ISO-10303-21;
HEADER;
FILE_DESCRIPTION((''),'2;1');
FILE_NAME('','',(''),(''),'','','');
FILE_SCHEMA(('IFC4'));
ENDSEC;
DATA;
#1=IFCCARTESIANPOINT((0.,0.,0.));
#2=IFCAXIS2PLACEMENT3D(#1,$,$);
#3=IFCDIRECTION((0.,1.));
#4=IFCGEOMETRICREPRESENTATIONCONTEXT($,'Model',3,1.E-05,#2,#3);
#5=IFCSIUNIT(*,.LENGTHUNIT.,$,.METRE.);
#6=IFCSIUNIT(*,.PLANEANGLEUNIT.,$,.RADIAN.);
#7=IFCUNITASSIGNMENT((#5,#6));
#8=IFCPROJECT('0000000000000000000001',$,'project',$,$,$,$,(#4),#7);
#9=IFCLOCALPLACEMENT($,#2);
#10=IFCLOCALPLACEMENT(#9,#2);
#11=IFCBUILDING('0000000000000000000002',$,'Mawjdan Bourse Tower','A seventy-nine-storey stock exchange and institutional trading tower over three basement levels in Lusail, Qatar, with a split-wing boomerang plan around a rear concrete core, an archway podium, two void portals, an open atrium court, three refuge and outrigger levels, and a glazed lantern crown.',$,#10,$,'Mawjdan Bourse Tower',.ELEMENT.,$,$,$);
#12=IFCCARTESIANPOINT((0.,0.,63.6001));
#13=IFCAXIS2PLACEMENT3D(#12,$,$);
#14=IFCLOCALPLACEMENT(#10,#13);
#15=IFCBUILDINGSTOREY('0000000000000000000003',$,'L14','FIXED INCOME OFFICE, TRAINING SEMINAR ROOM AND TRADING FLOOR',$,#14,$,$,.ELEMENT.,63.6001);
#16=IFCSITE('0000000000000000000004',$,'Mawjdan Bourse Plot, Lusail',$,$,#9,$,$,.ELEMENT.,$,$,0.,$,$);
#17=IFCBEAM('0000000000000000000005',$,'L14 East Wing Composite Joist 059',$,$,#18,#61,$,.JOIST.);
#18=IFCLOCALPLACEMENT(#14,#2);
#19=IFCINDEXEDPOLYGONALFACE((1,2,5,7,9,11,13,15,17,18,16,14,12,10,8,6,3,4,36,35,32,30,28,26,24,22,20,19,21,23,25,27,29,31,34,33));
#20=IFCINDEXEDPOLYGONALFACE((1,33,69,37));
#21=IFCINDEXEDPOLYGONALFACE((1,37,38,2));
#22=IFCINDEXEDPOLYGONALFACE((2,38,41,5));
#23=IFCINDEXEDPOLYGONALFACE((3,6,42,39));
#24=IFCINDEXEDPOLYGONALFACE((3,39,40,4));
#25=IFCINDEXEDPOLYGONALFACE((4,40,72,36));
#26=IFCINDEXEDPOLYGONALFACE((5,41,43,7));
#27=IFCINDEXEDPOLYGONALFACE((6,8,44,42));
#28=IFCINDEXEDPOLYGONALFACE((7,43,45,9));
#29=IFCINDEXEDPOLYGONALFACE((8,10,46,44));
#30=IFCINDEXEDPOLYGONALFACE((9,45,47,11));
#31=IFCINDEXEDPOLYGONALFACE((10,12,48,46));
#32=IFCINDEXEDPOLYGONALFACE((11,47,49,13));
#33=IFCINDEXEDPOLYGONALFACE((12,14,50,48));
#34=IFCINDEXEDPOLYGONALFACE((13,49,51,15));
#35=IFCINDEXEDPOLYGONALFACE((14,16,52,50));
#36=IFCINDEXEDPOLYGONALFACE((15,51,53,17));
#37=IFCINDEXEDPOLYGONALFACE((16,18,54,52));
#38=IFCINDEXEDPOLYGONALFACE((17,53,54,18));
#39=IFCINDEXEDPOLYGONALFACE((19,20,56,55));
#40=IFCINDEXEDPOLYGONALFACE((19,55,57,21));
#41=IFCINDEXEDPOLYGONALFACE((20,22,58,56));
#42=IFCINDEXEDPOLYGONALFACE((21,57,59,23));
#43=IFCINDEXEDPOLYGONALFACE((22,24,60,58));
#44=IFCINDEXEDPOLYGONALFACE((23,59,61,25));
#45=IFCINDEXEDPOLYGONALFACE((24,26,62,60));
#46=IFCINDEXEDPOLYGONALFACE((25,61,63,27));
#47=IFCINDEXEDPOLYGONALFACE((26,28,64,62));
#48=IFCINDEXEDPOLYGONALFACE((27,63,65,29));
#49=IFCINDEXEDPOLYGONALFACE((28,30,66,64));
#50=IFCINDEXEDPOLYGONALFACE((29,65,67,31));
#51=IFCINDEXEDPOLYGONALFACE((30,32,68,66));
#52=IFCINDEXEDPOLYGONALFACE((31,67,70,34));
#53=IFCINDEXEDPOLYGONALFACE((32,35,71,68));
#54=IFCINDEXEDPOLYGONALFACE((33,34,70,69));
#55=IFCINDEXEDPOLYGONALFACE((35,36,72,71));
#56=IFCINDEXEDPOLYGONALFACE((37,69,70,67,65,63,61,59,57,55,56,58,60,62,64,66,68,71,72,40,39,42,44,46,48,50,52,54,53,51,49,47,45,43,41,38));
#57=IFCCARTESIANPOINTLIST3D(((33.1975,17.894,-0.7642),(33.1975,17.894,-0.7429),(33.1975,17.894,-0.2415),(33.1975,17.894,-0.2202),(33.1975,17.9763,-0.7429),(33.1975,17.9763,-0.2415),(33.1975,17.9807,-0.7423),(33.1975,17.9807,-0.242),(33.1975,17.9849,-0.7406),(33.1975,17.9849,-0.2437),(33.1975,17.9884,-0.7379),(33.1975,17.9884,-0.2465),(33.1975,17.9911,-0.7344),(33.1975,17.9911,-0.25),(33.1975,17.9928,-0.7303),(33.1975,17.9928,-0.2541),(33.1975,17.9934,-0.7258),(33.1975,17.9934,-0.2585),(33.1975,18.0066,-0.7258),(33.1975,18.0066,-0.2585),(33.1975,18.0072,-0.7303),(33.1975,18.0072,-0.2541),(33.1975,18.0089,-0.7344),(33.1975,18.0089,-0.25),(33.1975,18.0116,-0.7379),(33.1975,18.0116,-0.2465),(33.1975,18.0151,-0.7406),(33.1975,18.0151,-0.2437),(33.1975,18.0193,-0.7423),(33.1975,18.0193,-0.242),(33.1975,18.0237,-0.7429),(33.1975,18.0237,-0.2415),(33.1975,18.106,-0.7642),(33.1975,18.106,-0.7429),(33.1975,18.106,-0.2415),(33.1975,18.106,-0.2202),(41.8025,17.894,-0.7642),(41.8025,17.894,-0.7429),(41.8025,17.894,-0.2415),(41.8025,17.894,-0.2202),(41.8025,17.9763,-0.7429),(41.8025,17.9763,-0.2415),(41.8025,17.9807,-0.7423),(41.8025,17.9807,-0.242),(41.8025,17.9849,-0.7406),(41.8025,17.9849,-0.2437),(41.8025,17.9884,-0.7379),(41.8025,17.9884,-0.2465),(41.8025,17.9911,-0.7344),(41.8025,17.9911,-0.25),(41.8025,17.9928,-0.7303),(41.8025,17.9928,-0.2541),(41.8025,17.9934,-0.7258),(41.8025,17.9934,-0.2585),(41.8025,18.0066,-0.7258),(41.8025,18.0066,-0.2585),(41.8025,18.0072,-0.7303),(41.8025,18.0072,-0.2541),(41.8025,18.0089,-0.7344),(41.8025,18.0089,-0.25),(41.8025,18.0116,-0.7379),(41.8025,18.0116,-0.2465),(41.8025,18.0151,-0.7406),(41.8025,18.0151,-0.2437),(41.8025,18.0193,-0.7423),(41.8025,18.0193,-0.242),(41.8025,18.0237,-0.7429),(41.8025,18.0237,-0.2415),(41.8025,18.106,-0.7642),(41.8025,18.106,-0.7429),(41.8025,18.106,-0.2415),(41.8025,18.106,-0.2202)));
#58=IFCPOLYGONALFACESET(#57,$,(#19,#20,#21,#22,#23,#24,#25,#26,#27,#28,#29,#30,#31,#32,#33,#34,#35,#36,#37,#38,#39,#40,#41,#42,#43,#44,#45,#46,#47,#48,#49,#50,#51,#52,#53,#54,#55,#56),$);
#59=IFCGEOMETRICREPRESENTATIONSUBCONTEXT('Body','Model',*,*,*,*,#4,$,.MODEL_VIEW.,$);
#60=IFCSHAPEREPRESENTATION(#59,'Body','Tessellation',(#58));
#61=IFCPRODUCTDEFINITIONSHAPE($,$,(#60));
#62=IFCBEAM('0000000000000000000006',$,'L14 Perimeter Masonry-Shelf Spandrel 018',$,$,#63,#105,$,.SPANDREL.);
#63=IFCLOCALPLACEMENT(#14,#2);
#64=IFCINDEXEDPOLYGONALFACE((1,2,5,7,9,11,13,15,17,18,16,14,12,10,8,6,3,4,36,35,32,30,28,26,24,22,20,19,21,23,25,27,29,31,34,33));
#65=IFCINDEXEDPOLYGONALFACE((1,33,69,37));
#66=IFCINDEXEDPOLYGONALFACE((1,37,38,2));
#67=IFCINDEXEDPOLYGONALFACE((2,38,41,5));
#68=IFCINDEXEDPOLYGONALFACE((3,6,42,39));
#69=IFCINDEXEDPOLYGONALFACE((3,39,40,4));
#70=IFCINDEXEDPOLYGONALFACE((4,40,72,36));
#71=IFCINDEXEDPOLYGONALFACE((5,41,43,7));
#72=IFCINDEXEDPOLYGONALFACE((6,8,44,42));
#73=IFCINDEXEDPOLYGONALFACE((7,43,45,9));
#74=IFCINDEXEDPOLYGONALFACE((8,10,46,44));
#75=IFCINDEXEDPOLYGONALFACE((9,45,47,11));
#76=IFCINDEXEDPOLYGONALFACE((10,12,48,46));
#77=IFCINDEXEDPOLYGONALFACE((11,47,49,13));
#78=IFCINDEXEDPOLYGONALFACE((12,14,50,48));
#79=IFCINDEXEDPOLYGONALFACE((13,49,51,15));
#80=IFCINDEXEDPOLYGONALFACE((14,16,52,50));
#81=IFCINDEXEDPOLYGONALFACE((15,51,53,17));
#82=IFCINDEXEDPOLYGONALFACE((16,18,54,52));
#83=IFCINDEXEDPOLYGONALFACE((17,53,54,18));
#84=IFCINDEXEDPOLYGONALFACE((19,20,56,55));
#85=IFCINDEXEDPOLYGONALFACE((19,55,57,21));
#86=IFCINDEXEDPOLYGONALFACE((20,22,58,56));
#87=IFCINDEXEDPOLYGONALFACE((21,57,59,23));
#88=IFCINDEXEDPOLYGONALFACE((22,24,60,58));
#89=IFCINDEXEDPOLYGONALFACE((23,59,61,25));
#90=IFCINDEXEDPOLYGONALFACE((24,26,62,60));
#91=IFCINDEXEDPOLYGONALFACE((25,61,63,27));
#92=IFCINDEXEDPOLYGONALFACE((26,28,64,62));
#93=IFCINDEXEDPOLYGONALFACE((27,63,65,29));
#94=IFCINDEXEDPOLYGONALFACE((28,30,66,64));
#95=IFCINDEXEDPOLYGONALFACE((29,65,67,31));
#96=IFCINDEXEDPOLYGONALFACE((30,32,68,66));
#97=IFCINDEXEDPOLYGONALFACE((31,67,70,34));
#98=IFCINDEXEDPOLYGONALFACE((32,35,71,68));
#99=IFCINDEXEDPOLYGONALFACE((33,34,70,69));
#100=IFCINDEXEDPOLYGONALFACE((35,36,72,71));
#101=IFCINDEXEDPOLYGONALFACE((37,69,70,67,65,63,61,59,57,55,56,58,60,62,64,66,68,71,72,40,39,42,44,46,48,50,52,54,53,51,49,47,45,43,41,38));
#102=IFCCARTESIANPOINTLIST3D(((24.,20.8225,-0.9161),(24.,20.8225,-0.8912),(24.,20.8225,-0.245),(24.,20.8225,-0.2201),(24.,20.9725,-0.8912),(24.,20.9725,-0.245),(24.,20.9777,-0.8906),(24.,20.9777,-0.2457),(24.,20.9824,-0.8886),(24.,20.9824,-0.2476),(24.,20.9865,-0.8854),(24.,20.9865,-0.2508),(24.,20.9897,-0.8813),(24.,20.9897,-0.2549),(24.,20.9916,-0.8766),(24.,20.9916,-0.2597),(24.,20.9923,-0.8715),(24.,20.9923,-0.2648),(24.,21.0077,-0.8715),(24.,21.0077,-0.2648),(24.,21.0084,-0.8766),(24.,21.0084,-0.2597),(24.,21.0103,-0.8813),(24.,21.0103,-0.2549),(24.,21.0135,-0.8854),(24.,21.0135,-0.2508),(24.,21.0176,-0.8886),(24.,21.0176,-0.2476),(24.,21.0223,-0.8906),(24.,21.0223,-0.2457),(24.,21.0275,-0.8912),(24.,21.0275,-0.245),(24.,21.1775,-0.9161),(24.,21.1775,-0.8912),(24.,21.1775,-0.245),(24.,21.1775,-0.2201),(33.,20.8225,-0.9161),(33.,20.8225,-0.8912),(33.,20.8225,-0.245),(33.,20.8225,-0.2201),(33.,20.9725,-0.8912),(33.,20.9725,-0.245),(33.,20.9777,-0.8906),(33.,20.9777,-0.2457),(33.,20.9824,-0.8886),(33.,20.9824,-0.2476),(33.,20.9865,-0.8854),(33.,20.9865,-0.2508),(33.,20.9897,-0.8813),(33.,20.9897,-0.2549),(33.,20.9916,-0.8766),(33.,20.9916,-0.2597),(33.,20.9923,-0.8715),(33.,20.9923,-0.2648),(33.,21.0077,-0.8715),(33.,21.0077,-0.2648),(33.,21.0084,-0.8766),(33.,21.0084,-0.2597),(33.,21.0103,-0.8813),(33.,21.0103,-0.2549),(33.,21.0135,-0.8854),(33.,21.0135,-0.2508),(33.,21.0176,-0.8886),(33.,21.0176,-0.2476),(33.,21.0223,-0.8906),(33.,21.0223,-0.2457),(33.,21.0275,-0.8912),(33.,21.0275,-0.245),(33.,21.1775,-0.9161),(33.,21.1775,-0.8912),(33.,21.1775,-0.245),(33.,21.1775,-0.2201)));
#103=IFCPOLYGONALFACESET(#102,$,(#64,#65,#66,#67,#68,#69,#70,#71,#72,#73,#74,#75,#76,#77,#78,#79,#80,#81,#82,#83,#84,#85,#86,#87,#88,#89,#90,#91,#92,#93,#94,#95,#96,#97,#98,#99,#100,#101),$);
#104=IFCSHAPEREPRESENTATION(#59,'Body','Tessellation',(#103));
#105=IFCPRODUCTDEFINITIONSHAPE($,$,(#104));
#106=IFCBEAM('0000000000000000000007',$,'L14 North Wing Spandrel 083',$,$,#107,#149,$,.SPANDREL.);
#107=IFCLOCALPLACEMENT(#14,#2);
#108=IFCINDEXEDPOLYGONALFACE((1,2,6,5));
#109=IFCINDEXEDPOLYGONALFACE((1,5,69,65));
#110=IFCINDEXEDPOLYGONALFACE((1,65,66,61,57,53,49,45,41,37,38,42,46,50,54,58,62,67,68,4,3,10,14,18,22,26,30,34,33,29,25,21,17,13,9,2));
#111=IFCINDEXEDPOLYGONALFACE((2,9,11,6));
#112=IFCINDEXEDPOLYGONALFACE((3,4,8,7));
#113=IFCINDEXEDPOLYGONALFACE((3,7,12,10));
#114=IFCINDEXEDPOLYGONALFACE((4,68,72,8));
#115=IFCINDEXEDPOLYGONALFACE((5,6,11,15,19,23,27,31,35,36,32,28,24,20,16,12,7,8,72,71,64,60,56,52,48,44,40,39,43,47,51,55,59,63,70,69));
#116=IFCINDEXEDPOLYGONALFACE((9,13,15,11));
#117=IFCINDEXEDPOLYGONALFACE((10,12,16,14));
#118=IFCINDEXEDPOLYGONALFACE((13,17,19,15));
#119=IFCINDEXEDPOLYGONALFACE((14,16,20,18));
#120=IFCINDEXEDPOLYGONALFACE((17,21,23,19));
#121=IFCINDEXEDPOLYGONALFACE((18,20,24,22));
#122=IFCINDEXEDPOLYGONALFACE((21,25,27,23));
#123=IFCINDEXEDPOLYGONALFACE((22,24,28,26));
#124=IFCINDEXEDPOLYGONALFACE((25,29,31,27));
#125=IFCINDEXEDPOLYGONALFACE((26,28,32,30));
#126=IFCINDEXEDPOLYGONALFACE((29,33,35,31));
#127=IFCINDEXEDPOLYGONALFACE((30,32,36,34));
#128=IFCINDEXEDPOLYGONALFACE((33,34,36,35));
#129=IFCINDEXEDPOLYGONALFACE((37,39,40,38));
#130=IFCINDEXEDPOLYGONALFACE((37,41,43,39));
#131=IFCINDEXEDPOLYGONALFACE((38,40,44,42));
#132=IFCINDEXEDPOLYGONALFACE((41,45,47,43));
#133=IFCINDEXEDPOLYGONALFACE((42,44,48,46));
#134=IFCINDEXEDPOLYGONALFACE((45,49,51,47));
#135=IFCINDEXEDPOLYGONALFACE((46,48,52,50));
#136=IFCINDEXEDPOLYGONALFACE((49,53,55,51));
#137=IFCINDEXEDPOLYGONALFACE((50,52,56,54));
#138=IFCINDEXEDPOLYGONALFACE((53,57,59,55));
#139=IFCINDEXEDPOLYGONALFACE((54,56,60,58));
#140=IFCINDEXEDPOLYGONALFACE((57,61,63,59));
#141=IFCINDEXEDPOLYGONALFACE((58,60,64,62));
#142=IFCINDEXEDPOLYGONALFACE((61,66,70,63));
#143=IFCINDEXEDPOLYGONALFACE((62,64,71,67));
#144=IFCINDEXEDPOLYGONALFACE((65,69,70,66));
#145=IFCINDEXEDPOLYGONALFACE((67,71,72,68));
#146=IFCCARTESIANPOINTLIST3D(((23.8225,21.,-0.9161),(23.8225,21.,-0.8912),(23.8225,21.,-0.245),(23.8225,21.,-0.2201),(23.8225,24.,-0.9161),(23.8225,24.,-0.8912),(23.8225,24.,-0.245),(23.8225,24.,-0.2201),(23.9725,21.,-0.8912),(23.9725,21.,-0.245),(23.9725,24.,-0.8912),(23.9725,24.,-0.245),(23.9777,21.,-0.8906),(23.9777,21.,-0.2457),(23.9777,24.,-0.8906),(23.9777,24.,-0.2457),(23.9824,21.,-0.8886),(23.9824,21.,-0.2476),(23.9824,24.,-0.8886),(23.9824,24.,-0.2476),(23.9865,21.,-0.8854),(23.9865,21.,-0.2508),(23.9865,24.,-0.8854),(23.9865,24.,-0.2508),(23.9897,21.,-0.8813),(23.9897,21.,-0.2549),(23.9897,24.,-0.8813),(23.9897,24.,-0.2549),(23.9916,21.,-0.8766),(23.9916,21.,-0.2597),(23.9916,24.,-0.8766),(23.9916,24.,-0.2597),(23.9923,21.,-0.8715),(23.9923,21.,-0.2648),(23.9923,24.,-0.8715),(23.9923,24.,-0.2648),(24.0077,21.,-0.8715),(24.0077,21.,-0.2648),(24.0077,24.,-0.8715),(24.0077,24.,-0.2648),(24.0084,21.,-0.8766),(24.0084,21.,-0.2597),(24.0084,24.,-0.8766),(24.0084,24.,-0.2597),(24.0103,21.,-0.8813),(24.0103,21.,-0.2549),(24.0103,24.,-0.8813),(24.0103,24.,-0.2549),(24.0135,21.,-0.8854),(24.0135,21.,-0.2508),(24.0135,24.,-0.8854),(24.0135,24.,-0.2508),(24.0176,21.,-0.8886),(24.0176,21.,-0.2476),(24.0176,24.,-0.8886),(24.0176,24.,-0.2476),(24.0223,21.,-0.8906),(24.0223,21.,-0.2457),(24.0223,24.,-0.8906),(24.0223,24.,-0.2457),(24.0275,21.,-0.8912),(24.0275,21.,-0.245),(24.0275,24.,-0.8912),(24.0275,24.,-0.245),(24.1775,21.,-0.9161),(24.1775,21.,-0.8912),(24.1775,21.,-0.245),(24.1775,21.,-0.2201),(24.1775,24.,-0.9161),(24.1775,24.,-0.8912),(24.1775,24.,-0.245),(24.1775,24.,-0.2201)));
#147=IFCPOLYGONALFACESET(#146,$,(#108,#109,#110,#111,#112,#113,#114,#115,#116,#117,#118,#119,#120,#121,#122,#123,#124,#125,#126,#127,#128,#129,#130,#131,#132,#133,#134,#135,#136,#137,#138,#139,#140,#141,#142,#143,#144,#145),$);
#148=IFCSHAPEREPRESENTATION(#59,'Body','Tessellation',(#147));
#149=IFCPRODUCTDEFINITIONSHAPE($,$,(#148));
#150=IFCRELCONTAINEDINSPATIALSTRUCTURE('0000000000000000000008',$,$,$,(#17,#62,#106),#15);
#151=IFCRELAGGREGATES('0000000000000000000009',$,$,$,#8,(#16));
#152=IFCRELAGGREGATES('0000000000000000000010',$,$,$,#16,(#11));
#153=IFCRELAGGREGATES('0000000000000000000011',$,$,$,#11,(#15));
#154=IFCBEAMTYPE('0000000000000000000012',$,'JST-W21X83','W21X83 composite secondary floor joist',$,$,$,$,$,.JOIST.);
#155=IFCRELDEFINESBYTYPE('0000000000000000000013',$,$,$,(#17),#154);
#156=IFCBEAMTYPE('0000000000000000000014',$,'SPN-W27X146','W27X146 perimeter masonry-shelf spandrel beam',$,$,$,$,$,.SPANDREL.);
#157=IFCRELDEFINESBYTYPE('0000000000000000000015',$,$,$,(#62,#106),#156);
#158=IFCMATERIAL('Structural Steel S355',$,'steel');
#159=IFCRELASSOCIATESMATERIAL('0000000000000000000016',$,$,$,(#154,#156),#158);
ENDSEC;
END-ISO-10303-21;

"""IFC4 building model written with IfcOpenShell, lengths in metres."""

from ifc_helpers import new_model, si_unit, direction, frame, origin, origin_2d, place, context, subcontext, project, spatial, i_section, extrude, material, material_profile, profile_set, type_object, element, save


model = new_model("IFC4")

# Units and contexts
model_context = context("Model", 3, precision=1e-05, world=origin(), true_north=direction((0.0, 1.0)))
body_context = subcontext(model_context, "Body", "Model", "MODEL_VIEW")
ifc_project = project(units=[si_unit("LENGTHUNIT", "METRE"), si_unit("PLANEANGLEUNIT", "RADIAN")], contexts=[model_context])

# Site, building, storey
site_placement = place(None, origin())
site = spatial("IfcSite", under=ifc_project, at=site_placement, Name="Mawjdan Bourse Plot, Lusail", CompositionType="ELEMENT", RefElevation=0.0)
building_placement = place(site_placement, origin())
building = spatial("IfcBuilding", under=site, at=building_placement, Name="Mawjdan Bourse Tower", Description="A seventy-nine-storey stock exchange and institutional trading tower over three basement levels in Lusail, Qatar, with a split-wing boomerang plan around a rear concrete core, an archway podium, two void portals, an open atrium court, three refuge and outrigger levels, and a glazed lantern crown.", LongName="Mawjdan Bourse Tower", CompositionType="ELEMENT")
storey_placement = place(building_placement, frame((0.0, 0.0, 63.6001)))
storey = spatial("IfcBuildingStorey", under=building, at=storey_placement, Name="L14", Description="FIXED INCOME OFFICE, TRAINING SEMINAR ROOM AND TRADING FLOOR", CompositionType="ELEMENT", Elevation=63.6001)

# Beams
ifc_material_1 = material(Name="Structural Steel S355", Category="steel")
ifc_material_profile_1 = material_profile(ifc_material_1, i_section(OverallWidth=0.2119, OverallDepth=0.5439, WebThickness=0.0132, FlangeThickness=0.0212, FilletRadius=0.0171, at=origin_2d()), Name="W21X83")
ifc_profile_set_1 = profile_set([ifc_material_profile_1], Name="Structural Steel S355")
beam_type_1 = type_object("IfcBeamType", Name="JST-W21X83", Description="W21X83 composite secondary floor joist", PredefinedType="JOIST", material=ifc_profile_set_1)
beam_1_placement = place(storey_placement, frame((33.1975, 18.0, -0.4922), z_axis=(1.0, 0.0, 0.0), x_axis=(0.0, 1.0, 0.0)))
element("IfcBeam", 1, at=beam_1_placement, inside=storey, type_object=beam_type_1, Name="L14 East Wing Composite Joist 059", PredefinedType="JOIST", context=body_context, shape_type="SweptSolid", body=[
    extrude(i_section(OverallWidth=0.2119, OverallDepth=0.5439, WebThickness=0.0132, FlangeThickness=0.0212, FilletRadius=0.0171, at=origin_2d()), origin(), (0.0, 0.0, 1.0), 8.605),
])
ifc_material_profile_2 = material_profile(ifc_material_1, i_section(OverallWidth=0.355, OverallDepth=0.696, WebThickness=0.0154, FlangeThickness=0.0249, FilletRadius=0.0198, at=origin_2d()), Name="W27X146")
ifc_profile_set_2 = profile_set([ifc_material_profile_2], Name="Structural Steel S355")
beam_type_2 = type_object("IfcBeamType", Name="SPN-W27X146", Description="W27X146 perimeter masonry-shelf spandrel beam", PredefinedType="SPANDREL", material=ifc_profile_set_2)
beam_2_placement = place(storey_placement, frame((24.0, 21.0, -0.5681), z_axis=(1.0, 0.0, 0.0), x_axis=(0.0, 1.0, 0.0)))
element("IfcBeam", 2, at=beam_2_placement, inside=storey, type_object=beam_type_2, Name="L14 Perimeter Masonry-Shelf Spandrel 018", PredefinedType="SPANDREL", context=body_context, shape_type="SweptSolid", body=[
    extrude(i_section(OverallWidth=0.355, OverallDepth=0.696, WebThickness=0.0154, FlangeThickness=0.0249, FilletRadius=0.0198, at=origin_2d()), origin(), (0.0, 0.0, 1.0), 9.0),
])
beam_3_placement = place(storey_placement, frame((24.0, 21.0, -0.5681), z_axis=(0.0, 1.0, 0.0), x_axis=(-1.0, 0.0, 0.0)))
element("IfcBeam", 3, at=beam_3_placement, inside=storey, type_object=beam_type_2, Name="L14 North Wing Spandrel 083", PredefinedType="SPANDREL", context=body_context, shape_type="SweptSolid", body=[
    extrude(i_section(OverallWidth=0.355, OverallDepth=0.696, WebThickness=0.0154, FlangeThickness=0.0249, FilletRadius=0.0198, at=origin_2d()), origin(), (0.0, 0.0, 1.0), 3.0),
])

save(model, "model.ifc")
